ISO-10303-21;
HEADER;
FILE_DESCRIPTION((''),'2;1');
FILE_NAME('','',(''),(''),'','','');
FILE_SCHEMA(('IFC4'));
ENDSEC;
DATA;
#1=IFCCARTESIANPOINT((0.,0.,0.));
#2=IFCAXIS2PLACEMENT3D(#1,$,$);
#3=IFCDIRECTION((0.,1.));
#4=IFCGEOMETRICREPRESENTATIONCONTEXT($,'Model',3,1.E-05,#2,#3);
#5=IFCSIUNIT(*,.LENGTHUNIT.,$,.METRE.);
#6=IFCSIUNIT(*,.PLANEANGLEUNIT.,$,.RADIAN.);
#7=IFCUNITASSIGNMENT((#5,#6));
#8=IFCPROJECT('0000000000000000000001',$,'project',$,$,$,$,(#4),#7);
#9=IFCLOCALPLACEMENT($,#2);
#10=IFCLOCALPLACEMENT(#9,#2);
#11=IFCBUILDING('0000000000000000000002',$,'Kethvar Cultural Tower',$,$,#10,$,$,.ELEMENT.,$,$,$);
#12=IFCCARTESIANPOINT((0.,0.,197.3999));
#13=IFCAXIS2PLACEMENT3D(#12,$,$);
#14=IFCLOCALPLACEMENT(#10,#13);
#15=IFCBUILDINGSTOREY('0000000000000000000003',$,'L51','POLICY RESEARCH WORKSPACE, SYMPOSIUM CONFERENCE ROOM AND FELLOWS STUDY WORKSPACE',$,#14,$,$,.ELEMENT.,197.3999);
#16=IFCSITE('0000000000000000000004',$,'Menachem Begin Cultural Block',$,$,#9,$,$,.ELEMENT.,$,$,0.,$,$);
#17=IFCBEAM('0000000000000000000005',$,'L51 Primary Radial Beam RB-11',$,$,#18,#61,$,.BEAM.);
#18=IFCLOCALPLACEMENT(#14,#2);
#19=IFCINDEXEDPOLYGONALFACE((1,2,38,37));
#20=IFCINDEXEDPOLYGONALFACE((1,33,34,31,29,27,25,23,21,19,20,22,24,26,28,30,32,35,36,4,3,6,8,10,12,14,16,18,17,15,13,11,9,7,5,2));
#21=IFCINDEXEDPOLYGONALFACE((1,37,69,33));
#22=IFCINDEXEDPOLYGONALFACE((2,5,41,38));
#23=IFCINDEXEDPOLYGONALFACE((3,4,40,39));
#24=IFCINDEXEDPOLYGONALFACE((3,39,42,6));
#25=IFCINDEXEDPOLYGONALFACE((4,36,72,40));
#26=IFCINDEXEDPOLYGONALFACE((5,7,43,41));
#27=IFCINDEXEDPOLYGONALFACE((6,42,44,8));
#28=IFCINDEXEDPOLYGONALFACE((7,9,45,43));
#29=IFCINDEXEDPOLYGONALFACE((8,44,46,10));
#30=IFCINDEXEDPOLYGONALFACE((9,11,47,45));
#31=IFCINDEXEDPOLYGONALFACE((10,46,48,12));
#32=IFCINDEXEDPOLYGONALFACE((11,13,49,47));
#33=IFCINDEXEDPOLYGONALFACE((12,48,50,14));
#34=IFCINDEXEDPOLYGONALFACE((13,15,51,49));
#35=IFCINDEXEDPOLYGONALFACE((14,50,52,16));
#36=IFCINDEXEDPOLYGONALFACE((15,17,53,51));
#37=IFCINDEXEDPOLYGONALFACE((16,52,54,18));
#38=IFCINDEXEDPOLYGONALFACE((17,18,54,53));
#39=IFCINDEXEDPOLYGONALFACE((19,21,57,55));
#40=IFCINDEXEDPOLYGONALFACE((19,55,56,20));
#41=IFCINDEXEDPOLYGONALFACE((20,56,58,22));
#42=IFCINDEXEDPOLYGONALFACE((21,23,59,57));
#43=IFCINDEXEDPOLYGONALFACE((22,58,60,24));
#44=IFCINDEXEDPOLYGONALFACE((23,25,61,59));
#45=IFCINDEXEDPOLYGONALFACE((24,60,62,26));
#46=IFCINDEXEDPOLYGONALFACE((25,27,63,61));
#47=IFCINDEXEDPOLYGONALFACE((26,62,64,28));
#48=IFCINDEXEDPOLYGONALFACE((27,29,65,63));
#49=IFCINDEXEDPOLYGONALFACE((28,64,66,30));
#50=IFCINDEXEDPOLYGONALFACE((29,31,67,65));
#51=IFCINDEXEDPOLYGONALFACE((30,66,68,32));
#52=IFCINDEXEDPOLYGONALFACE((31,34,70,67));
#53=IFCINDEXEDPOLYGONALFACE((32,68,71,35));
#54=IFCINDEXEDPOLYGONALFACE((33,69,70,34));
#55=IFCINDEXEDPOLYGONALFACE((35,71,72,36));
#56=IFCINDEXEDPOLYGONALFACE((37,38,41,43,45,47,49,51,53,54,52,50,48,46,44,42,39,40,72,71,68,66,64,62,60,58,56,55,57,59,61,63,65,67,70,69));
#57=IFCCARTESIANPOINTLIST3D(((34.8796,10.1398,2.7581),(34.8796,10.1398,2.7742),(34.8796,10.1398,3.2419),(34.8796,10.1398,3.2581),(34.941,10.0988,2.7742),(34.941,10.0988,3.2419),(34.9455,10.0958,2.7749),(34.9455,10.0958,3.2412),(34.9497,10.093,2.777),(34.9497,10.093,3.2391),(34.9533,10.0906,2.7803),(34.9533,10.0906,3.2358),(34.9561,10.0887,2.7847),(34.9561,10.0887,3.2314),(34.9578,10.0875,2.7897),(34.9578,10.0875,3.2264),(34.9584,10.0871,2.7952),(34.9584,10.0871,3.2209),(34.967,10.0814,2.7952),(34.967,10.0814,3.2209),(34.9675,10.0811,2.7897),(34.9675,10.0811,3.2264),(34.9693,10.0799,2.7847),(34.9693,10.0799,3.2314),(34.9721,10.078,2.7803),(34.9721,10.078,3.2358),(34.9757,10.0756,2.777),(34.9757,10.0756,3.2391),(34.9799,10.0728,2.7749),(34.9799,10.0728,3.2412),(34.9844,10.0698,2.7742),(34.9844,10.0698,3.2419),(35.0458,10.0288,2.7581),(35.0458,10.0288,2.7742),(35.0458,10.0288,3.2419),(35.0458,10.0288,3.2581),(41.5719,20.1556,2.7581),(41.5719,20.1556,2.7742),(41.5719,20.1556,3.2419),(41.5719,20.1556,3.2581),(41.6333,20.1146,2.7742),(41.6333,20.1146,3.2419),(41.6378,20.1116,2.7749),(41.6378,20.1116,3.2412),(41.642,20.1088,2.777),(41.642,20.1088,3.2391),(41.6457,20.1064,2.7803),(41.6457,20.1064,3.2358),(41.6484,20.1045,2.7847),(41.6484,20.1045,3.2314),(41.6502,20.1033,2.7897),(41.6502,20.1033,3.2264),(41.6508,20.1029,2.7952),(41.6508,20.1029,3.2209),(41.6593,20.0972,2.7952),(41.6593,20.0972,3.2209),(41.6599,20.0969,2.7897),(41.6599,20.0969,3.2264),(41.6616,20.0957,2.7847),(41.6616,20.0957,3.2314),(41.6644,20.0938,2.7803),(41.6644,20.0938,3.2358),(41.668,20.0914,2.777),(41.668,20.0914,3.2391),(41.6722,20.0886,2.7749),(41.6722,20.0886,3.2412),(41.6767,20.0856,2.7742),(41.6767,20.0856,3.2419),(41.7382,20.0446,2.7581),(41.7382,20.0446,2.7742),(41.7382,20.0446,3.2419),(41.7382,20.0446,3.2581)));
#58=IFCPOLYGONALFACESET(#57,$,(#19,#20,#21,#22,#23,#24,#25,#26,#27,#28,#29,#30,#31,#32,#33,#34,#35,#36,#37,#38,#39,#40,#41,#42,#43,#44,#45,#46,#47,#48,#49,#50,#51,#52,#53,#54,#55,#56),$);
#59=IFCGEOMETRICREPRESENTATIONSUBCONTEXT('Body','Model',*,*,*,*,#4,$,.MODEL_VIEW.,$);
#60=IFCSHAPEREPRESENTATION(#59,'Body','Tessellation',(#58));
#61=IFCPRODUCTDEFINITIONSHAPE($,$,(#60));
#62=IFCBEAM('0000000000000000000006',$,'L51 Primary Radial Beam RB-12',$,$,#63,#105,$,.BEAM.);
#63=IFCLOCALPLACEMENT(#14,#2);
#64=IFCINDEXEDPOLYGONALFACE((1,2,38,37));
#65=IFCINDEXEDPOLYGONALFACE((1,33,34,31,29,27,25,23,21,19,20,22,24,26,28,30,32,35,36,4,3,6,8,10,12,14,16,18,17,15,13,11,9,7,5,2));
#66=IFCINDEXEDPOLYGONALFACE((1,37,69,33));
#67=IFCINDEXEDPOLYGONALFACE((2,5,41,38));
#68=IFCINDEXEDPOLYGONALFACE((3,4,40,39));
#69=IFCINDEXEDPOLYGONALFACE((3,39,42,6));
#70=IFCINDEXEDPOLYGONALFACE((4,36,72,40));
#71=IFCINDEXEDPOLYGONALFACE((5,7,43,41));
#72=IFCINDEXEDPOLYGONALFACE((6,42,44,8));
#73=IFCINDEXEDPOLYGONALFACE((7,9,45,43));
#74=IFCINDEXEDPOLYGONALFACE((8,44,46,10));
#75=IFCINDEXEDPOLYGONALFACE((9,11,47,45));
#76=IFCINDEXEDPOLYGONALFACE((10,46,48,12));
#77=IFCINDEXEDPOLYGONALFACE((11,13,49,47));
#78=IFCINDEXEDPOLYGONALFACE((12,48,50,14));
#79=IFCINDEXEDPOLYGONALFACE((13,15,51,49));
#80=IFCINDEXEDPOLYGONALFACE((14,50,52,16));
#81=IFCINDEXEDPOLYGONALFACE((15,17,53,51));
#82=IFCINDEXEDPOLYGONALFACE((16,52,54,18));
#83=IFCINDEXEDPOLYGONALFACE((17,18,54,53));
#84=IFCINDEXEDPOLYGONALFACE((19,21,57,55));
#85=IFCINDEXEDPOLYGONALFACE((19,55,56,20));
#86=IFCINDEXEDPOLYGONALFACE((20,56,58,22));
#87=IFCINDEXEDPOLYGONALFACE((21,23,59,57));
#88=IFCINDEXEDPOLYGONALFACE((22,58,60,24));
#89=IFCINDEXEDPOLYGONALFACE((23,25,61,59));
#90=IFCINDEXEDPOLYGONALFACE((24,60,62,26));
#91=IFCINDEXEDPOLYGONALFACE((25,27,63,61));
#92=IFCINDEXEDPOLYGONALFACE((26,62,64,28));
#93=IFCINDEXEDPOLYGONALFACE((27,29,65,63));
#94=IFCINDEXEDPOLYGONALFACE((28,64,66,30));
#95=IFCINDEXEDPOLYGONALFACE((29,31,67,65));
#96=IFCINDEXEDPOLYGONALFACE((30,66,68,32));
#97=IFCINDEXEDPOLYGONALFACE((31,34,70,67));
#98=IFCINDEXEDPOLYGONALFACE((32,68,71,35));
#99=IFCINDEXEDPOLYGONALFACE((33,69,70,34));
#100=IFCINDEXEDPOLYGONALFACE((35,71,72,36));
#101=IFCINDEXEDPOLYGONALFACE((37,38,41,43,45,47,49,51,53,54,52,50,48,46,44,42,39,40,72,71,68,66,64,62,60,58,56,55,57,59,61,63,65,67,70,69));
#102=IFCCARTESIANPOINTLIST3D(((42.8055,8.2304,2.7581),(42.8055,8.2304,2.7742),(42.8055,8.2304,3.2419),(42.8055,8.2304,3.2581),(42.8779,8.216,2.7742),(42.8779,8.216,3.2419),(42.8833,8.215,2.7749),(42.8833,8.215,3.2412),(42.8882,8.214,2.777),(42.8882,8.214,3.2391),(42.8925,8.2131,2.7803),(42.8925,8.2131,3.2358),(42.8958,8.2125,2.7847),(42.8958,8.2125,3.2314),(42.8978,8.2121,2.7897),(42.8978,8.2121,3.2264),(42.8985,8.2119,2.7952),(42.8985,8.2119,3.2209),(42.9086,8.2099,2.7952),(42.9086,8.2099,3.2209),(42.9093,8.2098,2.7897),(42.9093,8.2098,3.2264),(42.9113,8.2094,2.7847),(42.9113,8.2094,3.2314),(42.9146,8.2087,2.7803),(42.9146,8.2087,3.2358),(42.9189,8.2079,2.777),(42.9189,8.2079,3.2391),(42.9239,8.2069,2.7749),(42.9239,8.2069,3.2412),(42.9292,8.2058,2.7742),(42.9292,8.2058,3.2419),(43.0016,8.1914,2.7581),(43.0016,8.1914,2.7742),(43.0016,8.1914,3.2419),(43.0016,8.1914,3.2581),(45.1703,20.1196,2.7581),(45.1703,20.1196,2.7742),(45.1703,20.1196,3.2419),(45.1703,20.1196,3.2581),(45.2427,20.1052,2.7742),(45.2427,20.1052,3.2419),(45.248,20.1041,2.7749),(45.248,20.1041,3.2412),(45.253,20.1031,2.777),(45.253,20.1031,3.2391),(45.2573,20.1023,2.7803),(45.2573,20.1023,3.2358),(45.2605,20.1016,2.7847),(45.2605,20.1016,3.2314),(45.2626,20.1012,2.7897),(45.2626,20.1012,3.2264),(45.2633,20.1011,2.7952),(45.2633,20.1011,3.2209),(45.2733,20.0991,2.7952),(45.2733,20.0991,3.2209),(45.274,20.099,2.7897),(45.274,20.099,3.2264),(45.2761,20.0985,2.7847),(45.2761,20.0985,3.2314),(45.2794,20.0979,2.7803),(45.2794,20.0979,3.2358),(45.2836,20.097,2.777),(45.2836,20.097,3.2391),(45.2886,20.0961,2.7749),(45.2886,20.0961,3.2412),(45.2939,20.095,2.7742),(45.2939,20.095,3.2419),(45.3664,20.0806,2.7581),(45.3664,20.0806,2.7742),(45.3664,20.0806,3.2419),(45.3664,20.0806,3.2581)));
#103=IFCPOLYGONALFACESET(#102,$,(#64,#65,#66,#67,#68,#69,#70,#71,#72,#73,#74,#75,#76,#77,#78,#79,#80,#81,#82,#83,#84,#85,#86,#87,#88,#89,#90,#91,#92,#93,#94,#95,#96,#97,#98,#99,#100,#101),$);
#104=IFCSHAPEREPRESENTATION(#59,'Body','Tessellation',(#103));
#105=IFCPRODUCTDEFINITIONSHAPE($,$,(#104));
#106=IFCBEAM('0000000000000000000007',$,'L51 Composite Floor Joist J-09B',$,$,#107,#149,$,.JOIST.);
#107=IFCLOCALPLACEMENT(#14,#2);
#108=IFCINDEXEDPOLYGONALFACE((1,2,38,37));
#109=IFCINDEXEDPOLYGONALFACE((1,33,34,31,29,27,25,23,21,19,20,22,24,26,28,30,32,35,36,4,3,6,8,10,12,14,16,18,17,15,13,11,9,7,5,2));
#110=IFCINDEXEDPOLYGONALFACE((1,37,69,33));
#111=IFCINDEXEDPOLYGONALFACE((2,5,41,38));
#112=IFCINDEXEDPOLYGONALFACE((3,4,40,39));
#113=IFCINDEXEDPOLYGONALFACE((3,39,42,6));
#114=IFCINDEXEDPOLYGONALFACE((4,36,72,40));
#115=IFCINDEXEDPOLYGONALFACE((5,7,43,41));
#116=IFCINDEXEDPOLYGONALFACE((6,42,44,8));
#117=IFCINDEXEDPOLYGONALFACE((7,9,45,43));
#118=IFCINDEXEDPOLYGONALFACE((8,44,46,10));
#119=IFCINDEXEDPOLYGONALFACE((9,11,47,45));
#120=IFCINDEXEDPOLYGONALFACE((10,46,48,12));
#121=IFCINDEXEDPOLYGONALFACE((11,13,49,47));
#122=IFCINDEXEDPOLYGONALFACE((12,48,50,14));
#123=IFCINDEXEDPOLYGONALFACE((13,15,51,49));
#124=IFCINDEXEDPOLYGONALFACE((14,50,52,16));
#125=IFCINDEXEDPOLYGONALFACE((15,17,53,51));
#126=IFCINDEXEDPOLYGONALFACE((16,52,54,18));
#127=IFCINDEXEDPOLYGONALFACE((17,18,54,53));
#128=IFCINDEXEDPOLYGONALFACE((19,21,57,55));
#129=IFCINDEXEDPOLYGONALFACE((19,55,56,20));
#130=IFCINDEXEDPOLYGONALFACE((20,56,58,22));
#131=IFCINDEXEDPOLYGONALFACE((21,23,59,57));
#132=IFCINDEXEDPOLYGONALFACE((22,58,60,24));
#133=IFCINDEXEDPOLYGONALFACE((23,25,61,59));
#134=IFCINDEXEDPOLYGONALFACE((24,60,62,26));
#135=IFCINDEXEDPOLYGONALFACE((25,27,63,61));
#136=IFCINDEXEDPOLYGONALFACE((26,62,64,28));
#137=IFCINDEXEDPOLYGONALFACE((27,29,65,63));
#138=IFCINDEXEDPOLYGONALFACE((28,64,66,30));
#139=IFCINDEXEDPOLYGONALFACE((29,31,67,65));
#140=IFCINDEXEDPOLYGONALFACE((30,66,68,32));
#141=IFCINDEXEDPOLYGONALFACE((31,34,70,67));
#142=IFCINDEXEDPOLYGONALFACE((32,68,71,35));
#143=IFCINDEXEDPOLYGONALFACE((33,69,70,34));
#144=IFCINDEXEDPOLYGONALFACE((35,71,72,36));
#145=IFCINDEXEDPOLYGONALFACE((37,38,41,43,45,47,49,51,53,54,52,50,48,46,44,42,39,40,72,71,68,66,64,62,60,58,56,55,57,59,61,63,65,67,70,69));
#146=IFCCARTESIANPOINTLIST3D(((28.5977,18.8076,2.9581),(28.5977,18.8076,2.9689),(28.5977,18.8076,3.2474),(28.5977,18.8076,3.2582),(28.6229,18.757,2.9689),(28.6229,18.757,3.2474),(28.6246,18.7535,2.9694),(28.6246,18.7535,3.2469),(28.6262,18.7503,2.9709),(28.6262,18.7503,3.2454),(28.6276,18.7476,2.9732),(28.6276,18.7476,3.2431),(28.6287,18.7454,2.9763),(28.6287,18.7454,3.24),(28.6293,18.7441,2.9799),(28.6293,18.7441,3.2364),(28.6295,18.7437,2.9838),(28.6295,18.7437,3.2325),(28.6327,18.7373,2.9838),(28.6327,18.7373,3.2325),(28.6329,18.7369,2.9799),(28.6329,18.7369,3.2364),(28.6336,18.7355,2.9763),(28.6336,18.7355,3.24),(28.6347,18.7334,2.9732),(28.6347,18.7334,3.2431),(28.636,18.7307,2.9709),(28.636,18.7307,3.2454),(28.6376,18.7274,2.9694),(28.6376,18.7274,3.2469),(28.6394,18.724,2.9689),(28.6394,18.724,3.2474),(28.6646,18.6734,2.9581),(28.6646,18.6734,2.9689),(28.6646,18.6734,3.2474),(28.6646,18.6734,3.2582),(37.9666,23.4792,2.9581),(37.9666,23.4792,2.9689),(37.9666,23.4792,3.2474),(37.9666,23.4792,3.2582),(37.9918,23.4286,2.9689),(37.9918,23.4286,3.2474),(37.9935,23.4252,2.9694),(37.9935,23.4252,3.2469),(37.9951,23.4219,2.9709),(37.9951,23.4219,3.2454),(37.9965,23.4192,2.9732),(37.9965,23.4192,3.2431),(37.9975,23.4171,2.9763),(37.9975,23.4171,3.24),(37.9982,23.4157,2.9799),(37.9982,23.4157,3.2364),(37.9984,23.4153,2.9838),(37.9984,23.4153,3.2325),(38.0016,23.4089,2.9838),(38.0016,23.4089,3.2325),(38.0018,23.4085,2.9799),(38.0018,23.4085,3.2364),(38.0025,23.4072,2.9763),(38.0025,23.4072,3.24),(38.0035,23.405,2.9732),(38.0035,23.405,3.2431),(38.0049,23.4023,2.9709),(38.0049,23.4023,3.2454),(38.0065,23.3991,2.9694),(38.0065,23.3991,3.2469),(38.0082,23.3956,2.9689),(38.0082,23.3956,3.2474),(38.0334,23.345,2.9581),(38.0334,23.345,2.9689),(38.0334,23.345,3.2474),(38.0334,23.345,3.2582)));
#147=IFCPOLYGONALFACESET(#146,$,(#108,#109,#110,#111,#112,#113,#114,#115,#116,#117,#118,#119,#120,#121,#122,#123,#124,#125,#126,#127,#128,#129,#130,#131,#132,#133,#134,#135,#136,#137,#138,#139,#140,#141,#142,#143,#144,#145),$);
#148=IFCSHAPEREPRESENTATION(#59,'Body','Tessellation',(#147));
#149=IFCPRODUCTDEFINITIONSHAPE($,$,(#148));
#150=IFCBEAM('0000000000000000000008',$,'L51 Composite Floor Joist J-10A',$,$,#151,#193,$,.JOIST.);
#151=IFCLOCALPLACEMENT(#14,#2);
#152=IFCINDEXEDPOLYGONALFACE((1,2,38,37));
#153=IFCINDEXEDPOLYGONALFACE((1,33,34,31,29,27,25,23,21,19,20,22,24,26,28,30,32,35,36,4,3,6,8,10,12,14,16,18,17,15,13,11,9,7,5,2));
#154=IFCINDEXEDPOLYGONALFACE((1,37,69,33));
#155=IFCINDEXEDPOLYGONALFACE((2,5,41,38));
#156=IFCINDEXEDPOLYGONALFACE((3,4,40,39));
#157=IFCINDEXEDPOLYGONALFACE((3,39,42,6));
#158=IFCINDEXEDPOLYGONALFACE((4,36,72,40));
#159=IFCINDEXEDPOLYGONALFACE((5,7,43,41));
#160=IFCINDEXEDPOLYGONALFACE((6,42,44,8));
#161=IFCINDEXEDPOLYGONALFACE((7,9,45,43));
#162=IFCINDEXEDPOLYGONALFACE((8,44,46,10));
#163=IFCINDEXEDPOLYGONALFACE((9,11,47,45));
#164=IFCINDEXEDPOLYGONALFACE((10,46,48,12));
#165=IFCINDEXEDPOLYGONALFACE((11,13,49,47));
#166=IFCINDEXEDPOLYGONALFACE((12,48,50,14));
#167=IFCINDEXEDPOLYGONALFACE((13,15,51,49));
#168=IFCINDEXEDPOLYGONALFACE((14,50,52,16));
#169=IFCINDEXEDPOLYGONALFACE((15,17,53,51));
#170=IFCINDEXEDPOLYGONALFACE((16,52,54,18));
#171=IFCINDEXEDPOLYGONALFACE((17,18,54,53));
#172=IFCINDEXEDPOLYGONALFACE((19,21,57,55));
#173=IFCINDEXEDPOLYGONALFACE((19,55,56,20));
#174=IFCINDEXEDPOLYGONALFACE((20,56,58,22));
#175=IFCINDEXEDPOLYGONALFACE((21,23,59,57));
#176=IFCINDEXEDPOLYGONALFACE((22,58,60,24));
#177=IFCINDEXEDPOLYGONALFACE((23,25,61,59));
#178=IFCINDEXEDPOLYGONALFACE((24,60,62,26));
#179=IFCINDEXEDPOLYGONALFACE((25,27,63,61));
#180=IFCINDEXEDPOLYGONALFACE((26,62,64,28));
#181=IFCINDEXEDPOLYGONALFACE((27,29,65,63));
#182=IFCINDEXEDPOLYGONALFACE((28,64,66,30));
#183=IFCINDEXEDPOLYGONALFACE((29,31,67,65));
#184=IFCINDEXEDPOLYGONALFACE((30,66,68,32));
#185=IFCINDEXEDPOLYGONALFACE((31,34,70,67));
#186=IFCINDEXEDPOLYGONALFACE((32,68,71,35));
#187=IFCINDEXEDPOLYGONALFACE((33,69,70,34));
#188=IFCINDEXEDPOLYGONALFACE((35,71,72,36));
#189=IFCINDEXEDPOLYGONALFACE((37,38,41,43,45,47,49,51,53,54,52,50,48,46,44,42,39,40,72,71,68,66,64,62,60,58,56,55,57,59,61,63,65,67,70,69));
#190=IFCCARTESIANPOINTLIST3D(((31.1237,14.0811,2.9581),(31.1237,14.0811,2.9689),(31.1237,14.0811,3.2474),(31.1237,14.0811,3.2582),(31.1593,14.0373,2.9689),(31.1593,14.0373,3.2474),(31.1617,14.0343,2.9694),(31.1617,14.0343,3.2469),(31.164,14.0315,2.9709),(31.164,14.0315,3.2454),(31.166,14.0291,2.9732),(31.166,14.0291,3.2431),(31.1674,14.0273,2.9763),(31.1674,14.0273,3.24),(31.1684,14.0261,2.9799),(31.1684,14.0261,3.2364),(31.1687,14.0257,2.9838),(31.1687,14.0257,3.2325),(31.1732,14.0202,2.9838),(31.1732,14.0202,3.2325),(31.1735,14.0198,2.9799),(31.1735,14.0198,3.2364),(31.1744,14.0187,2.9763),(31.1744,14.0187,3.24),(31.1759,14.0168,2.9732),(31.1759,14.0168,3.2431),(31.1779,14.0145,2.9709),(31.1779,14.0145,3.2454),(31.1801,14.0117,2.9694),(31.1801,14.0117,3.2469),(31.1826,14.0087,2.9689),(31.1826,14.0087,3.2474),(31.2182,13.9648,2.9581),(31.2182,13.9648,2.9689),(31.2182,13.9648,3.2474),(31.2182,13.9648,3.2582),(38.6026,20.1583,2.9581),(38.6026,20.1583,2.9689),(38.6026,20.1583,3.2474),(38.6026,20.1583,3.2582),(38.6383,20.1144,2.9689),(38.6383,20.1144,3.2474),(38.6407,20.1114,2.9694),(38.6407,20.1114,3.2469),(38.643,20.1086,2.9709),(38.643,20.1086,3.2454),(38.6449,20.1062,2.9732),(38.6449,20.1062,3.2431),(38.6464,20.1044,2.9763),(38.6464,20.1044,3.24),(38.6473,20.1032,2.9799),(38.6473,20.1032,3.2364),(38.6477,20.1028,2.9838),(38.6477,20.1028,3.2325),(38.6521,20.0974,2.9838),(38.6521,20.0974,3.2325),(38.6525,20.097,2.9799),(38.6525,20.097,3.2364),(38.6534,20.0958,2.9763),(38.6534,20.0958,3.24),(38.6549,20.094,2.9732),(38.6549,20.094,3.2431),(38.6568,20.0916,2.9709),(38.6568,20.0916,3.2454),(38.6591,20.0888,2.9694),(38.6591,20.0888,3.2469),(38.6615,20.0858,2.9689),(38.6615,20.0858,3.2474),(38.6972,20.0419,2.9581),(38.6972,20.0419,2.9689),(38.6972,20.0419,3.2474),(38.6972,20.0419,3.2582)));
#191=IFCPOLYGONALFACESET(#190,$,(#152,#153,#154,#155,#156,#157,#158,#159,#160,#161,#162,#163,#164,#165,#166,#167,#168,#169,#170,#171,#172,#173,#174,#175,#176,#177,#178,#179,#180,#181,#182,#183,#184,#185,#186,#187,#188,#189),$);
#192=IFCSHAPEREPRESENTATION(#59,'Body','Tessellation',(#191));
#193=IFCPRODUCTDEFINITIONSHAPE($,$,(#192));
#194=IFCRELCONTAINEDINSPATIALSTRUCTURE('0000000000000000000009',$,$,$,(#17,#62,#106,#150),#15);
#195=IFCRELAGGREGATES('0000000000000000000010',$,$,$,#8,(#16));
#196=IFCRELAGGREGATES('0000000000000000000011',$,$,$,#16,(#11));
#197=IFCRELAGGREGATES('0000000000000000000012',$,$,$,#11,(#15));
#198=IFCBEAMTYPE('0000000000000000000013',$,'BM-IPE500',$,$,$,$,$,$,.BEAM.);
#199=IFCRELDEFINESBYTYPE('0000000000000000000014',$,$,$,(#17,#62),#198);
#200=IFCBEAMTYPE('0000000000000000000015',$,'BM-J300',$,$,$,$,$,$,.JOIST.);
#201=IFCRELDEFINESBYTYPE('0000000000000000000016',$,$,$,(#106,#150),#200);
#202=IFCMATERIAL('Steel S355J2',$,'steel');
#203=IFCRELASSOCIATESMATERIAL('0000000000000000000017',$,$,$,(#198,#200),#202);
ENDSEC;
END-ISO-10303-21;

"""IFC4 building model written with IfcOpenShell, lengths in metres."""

from ifc_helpers import new_model, si_unit, direction, frame, origin, origin_2d, place, context, subcontext, project, spatial, i_section, extrude, source, transform, mapped, material, material_profile, profile_set, type_object, element, save


model = new_model("IFC4")

# Units and contexts
model_context = context("Model", 3, precision=1e-05, world=origin(), true_north=direction((0.0, 1.0)))
body_context = subcontext(model_context, "Body", "Model", "MODEL_VIEW")
ifc_project = project(units=[si_unit("LENGTHUNIT", "METRE"), si_unit("PLANEANGLEUNIT", "RADIAN")], contexts=[model_context])

# Site, building, storey
site_placement = place(None, origin())
site = spatial("IfcSite", under=ifc_project, at=site_placement, Name="Menachem Begin Cultural Block", CompositionType="ELEMENT", RefElevation=0.0)
building_placement = place(site_placement, origin())
building = spatial("IfcBuilding", under=site, at=building_placement, Name="Kethvar Cultural Tower", CompositionType="ELEMENT")
storey_placement = place(building_placement, frame((0.0, 0.0, 197.3999)))
storey = spatial("IfcBuildingStorey", under=building, at=storey_placement, Name="L51", Description="POLICY RESEARCH WORKSPACE, SYMPOSIUM CONFERENCE ROOM AND FELLOWS STUDY WORKSPACE", CompositionType="ELEMENT", Elevation=197.3999)

# Beams
ifc_material_1 = material(Name="Steel S355J2", Category="steel")
ifc_material_profile_1 = material_profile(ifc_material_1, i_section(OverallWidth=0.2, OverallDepth=0.5, WebThickness=0.0103, FlangeThickness=0.0161, FilletRadius=0.021, at=origin_2d()), Name="Steel S355J2 — IPE500")
ifc_profile_set_1 = profile_set([ifc_material_profile_1], Name="Steel S355J2 — IPE500")
beam_type_1 = type_object("IfcBeamType", Name="BM-IPE500", PredefinedType="BEAM", material=ifc_profile_set_1)
shared_shape_1 = source(origin(), body_context, "Body", "SweptSolid", [
    extrude(i_section(OverallWidth=0.2, OverallDepth=0.5, WebThickness=0.0103, FlangeThickness=0.0161, FilletRadius=0.021, at=origin_2d()), origin(), (0.0, 0.0, 1.0), 12.0459),
])
beam_1_placement = place(storey_placement, frame((41.655, 20.1001, 3.0081), z_axis=(-0.55557, -0.83147, 0.0), x_axis=(0.83147, -0.55557, 0.0)))
element("IfcBeam", 1, at=beam_1_placement, inside=storey, type_object=beam_type_1, Name="L51 Primary Radial Beam RB-11", PredefinedType="BEAM", context=body_context, shape_type="MappedRepresentation", body=[
    mapped(shared_shape_1, transform((0.0, 0.0, 0.0), scale=1.0)),
])
shared_shape_2 = source(origin(), body_context, "Body", "SweptSolid", [
    extrude(i_section(OverallWidth=0.2, OverallDepth=0.5, WebThickness=0.0103, FlangeThickness=0.0161, FilletRadius=0.021, at=origin_2d()), origin(), (0.0, 0.0, 1.0), 12.1221),
])
beam_2_placement = place(storey_placement, frame((45.2683, 20.1001, 3.0081), z_axis=(-0.195078, -0.980788, 0.0), x_axis=(0.980788, -0.195078, 0.0)))
element("IfcBeam", 2, at=beam_2_placement, inside=storey, type_object=beam_type_1, Name="L51 Primary Radial Beam RB-12", PredefinedType="BEAM", context=body_context, shape_type="MappedRepresentation", body=[
    mapped(shared_shape_2, transform((0.0, 0.0, 0.0), scale=1.0)),
])
ifc_material_profile_2 = material_profile(ifc_material_1, i_section(OverallWidth=0.1499, OverallDepth=0.3, WebThickness=0.0071, FlangeThickness=0.0107, FilletRadius=0.0149, at=origin_2d()), Name="Steel S355J2 — IPE300")
ifc_profile_set_2 = profile_set([ifc_material_profile_2], Name="Steel S355J2 — IPE300")
beam_type_2 = type_object("IfcBeamType", Name="BM-J300", PredefinedType="JOIST", material=ifc_profile_set_2)
shared_shape_3 = source(origin(), body_context, "Body", "SweptSolid", [
    extrude(i_section(OverallWidth=0.1499, OverallDepth=0.3, WebThickness=0.0071, FlangeThickness=0.0107, FilletRadius=0.0149, at=origin_2d()), origin(), (0.0, 0.0, 1.0), 10.469),
])
beam_3_placement = place(storey_placement, frame((38.0, 23.4121, 3.1082), z_axis=(-0.894916, -0.446234, 0.0), x_axis=(0.446234, -0.894916, 0.0)))
element("IfcBeam", 3, at=beam_3_placement, inside=storey, type_object=beam_type_2, Name="L51 Composite Floor Joist J-09B", PredefinedType="JOIST", context=body_context, shape_type="MappedRepresentation", body=[
    mapped(shared_shape_3, transform((0.0, 0.0, 0.0), scale=1.0)),
])
shared_shape_4 = source(origin(), body_context, "Body", "SweptSolid", [
    extrude(i_section(OverallWidth=0.1499, OverallDepth=0.3, WebThickness=0.0071, FlangeThickness=0.0107, FilletRadius=0.0149, at=origin_2d()), origin(), (0.0, 0.0, 1.0), 9.6367),
])
beam_4_placement = place(storey_placement, frame((38.6499, 20.1001, 3.1082), z_axis=(-0.776091, -0.630621, 0.0), x_axis=(0.630621, -0.776091, 0.0)))
element("IfcBeam", 4, at=beam_4_placement, inside=storey, type_object=beam_type_2, Name="L51 Composite Floor Joist J-10A", PredefinedType="JOIST", context=body_context, shape_type="MappedRepresentation", body=[
    mapped(shared_shape_4, transform((0.0, 0.0, 0.0), scale=1.0)),
])

save(model, "model.ifc")
